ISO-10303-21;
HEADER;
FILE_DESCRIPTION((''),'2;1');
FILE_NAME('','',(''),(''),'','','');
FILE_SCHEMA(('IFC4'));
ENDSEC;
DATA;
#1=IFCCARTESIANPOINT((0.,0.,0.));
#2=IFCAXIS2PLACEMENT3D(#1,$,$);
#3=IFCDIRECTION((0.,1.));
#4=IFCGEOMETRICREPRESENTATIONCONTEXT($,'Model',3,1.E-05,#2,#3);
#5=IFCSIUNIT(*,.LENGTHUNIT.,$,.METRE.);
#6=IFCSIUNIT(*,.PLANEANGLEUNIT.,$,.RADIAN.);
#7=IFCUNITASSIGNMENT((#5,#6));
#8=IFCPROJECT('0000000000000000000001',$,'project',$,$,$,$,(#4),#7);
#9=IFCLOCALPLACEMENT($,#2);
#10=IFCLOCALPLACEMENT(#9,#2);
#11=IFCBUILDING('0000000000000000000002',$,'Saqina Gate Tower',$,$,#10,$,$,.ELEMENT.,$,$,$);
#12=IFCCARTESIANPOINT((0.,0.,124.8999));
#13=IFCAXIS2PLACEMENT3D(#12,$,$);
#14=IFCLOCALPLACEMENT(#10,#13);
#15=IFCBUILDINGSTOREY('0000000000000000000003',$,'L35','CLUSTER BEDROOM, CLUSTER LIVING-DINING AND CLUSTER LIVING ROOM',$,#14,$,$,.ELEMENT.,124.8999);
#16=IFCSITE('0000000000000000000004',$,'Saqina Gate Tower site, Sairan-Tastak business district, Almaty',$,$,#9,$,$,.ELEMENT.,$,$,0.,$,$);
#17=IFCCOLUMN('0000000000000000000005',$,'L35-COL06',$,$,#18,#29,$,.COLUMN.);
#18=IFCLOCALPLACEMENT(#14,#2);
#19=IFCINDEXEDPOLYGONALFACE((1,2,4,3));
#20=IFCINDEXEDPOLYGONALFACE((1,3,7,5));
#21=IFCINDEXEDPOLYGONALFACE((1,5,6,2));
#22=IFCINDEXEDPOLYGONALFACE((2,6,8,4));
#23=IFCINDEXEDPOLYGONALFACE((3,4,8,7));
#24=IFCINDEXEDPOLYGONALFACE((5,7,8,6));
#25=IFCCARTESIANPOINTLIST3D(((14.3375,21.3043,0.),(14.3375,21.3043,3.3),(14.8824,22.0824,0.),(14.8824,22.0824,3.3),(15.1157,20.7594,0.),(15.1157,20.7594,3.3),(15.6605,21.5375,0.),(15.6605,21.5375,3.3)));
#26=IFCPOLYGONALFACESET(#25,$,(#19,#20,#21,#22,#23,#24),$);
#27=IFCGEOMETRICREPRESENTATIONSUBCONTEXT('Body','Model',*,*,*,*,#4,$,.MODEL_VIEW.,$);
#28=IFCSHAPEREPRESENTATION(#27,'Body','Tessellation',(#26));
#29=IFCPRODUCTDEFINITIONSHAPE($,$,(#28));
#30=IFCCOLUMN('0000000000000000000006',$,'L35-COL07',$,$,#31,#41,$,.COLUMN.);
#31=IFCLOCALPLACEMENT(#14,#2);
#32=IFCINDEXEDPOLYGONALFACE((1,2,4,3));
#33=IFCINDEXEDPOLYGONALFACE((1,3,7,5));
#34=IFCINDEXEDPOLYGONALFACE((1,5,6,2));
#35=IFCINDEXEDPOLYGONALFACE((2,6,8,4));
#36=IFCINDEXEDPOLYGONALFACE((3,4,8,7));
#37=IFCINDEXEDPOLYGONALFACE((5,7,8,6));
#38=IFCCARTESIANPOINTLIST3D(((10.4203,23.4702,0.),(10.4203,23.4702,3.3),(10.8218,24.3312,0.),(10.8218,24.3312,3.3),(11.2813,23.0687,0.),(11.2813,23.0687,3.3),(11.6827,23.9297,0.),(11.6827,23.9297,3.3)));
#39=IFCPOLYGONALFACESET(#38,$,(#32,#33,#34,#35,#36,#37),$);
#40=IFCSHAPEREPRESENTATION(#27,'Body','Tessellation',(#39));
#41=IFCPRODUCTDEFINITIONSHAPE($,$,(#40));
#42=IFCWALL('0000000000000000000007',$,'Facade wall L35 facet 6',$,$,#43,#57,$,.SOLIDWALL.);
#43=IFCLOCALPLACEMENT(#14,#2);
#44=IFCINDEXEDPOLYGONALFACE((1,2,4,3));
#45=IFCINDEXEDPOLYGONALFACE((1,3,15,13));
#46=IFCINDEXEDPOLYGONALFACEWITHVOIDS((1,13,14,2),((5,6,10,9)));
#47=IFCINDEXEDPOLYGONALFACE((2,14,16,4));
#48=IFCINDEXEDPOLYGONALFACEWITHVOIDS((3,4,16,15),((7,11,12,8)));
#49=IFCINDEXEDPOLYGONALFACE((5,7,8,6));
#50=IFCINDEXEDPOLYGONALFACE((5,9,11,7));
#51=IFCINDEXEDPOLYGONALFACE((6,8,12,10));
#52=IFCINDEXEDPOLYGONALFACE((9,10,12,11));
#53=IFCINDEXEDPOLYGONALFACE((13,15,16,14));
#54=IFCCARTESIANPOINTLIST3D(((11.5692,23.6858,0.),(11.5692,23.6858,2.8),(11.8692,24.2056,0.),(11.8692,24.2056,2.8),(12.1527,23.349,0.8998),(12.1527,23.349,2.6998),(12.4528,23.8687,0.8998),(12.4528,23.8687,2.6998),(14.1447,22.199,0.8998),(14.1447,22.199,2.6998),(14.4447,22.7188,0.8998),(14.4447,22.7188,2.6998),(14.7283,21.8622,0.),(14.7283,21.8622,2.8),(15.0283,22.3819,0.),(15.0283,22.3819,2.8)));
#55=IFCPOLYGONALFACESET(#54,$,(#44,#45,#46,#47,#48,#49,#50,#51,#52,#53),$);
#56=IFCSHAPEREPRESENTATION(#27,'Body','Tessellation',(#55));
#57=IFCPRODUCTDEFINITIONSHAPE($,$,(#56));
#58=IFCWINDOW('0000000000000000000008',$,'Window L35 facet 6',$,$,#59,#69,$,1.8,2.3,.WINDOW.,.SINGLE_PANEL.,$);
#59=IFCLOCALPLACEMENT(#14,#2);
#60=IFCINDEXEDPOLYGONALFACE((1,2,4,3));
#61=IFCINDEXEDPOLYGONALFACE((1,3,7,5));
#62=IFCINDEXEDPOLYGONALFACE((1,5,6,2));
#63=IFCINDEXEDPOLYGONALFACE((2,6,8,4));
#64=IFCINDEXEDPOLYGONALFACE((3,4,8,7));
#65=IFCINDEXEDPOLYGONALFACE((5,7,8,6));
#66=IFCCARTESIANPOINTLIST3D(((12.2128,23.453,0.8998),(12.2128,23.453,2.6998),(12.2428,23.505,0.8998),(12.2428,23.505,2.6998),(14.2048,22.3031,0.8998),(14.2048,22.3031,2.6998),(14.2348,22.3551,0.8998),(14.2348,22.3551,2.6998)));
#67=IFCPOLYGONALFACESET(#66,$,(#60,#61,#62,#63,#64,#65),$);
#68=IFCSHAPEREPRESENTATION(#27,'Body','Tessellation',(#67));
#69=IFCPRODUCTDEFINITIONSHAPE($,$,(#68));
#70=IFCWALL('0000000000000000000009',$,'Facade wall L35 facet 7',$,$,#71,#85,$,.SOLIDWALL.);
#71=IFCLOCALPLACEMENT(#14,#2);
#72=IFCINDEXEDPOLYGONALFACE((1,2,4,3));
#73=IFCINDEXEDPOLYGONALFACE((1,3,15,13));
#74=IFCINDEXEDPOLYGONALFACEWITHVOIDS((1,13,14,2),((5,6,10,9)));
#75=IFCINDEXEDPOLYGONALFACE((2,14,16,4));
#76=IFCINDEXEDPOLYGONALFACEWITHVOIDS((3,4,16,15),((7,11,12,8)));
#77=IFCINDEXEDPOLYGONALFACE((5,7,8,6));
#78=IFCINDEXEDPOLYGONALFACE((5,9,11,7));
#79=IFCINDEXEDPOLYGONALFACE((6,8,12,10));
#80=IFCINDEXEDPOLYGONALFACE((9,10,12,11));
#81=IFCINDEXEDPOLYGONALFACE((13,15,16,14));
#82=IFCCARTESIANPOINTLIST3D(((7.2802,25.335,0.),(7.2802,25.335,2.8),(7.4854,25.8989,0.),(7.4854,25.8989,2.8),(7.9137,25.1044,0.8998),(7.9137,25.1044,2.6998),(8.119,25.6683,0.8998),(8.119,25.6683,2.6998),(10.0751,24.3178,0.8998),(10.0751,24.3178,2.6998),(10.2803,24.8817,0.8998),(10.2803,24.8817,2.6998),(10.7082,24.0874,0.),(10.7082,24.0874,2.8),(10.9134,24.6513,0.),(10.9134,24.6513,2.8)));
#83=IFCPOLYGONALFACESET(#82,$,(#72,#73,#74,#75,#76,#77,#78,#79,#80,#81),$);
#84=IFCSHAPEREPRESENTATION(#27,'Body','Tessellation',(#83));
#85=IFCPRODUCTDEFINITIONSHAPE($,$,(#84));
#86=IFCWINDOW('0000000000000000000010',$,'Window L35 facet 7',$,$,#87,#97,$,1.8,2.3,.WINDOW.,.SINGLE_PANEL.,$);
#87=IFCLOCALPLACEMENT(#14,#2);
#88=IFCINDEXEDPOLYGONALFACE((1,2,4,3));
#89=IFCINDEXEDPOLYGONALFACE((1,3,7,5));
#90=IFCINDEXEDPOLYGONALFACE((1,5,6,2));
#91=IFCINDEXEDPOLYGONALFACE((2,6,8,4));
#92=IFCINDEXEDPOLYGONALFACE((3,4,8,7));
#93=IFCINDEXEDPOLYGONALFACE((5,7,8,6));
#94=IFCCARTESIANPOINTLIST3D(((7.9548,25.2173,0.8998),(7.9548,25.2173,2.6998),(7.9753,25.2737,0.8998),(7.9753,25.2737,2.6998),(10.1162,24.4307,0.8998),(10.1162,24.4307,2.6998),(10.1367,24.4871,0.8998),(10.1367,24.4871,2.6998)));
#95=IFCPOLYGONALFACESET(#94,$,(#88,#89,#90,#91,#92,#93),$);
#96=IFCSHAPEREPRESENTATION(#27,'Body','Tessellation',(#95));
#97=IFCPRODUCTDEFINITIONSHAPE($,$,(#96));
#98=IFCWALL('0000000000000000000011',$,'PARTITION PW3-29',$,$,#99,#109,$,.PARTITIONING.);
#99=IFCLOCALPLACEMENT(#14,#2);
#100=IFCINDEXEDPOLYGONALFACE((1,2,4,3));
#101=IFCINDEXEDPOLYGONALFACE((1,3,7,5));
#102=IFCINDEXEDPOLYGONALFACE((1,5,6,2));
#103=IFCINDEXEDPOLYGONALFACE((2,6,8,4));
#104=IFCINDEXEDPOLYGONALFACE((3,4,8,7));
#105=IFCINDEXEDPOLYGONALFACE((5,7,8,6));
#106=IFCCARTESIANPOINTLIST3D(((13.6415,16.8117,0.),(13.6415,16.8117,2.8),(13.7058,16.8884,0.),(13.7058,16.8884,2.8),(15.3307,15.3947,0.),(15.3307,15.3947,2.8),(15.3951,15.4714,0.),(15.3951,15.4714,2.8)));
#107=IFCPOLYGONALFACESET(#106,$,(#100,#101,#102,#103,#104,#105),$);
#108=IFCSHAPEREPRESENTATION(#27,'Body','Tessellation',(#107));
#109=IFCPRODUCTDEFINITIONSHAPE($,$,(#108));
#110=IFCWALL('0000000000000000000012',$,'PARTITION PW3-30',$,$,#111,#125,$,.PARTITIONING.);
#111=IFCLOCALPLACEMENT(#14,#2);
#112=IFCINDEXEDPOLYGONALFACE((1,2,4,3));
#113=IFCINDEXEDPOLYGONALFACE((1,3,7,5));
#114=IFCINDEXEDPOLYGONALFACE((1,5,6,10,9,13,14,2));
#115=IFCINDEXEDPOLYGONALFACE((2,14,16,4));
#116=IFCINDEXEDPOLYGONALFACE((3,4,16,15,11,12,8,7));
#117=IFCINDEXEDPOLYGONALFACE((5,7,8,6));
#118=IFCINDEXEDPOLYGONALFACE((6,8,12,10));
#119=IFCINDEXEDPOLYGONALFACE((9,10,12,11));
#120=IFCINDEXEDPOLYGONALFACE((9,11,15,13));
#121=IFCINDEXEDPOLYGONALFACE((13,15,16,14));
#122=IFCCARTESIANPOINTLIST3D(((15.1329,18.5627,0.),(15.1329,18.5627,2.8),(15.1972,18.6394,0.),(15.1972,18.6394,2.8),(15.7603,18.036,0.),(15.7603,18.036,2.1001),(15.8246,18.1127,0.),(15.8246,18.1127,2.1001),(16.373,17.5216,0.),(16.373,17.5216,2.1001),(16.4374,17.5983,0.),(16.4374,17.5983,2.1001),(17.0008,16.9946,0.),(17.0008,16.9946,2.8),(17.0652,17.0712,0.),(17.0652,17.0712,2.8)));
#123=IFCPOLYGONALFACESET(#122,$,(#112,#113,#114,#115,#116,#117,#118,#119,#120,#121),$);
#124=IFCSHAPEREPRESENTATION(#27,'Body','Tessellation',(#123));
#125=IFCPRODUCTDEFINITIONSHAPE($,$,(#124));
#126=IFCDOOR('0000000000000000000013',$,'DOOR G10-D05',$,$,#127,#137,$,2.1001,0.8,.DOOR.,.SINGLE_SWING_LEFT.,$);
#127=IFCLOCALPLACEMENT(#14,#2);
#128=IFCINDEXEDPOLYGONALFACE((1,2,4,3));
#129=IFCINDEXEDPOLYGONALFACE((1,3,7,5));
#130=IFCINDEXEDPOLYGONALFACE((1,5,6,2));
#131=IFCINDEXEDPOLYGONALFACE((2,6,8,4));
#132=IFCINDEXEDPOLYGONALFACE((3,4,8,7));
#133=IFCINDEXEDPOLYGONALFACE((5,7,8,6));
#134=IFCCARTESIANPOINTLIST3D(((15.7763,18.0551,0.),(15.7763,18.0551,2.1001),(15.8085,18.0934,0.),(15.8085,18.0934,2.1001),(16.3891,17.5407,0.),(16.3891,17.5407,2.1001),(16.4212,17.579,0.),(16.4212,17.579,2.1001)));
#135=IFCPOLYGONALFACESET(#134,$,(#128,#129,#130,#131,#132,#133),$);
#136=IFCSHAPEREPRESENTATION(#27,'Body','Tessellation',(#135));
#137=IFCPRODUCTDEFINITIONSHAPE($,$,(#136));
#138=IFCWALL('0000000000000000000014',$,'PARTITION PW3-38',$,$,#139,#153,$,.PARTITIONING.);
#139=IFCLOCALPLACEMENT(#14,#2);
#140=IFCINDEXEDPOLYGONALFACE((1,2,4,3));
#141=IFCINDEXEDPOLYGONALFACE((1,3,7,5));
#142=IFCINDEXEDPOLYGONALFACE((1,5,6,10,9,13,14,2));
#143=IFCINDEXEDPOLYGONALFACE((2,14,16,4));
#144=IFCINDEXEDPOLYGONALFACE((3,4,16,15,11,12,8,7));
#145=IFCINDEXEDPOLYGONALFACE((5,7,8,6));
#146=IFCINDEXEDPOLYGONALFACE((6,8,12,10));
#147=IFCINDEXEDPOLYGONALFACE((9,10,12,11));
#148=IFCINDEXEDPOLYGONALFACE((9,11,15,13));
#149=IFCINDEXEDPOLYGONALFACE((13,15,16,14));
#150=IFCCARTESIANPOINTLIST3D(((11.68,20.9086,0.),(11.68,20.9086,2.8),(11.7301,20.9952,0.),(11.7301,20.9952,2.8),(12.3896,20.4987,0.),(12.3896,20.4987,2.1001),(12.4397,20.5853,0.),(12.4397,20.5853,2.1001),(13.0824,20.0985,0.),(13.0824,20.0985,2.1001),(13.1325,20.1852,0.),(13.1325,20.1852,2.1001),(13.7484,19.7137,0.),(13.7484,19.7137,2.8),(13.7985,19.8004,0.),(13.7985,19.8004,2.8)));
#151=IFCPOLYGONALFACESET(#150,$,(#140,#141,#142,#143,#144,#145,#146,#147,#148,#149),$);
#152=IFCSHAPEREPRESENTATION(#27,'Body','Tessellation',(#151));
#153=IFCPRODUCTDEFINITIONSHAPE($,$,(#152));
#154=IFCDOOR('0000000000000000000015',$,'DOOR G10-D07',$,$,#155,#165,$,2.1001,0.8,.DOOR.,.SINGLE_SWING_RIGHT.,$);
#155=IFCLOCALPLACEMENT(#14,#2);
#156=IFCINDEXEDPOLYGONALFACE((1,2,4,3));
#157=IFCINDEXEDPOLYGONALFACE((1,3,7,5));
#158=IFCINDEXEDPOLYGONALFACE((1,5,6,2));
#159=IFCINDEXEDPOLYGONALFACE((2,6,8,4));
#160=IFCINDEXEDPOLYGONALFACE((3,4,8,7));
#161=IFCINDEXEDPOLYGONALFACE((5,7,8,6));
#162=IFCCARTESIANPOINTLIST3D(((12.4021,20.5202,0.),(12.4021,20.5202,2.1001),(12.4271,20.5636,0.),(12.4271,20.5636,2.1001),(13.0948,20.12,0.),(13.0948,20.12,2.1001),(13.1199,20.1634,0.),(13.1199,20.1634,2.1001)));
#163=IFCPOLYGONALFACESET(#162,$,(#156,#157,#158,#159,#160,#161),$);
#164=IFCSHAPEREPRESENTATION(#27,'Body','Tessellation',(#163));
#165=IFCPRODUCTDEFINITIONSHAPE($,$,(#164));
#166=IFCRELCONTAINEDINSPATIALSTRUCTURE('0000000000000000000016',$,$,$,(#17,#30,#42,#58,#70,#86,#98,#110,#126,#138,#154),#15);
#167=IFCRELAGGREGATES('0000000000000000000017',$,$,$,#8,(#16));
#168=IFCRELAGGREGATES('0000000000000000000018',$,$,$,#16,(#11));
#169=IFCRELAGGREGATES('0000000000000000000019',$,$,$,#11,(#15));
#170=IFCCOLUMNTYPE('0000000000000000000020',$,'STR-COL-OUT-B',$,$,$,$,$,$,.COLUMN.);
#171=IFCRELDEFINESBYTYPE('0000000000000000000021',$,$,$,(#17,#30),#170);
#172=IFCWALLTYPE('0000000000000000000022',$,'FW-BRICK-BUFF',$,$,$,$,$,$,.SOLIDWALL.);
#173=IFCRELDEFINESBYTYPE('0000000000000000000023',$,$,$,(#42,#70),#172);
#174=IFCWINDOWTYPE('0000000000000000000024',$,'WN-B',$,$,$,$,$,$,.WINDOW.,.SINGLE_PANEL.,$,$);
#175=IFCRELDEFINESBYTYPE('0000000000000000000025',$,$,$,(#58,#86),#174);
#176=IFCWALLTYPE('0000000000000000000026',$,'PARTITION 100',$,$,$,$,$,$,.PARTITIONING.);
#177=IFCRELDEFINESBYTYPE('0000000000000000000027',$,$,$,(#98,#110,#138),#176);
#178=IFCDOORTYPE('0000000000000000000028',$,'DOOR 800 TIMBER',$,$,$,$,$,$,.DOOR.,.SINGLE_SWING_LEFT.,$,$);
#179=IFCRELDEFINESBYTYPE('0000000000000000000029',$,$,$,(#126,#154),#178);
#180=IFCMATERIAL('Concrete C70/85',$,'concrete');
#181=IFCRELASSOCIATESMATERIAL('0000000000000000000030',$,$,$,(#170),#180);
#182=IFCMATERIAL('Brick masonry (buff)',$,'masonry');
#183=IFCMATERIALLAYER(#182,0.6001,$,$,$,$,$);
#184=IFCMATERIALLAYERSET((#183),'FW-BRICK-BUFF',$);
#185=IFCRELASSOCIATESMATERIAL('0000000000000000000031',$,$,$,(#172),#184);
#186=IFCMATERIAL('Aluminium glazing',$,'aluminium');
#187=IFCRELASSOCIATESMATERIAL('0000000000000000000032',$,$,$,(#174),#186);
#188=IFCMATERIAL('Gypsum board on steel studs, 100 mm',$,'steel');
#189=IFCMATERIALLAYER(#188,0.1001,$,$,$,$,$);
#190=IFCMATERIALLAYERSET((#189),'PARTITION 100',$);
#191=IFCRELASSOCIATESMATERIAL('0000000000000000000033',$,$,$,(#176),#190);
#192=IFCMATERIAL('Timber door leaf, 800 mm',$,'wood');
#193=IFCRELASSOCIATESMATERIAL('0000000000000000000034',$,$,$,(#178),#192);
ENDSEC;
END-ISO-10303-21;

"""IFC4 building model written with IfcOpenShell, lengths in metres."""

from ifc_helpers import new_model, si_unit, direction, frame, frame_2d, origin, origin_2d, place, context, subcontext, project, spatial, rectangle, extrude, material, layer, layer_set, material_profile, profile_set, type_object, element, fill, save


model = new_model("IFC4")

# Units and contexts
model_context = context("Model", 3, precision=1e-05, world=origin(), true_north=direction((0.0, 1.0)))
body_context = subcontext(model_context, "Body", "Model", "MODEL_VIEW")
ifc_project = project(units=[si_unit("LENGTHUNIT", "METRE"), si_unit("PLANEANGLEUNIT", "RADIAN")], contexts=[model_context])

# Site, building, storey
site_placement = place(None, origin())
site = spatial("IfcSite", under=ifc_project, at=site_placement, Name="Saqina Gate Tower site, Sairan-Tastak business district, Almaty", CompositionType="ELEMENT", RefElevation=0.0)
building_placement = place(site_placement, origin())
building = spatial("IfcBuilding", under=site, at=building_placement, Name="Saqina Gate Tower", CompositionType="ELEMENT")
storey_placement = place(building_placement, frame((0.0, 0.0, 124.8999)))
storey = spatial("IfcBuildingStorey", under=building, at=storey_placement, Name="L35", Description="CLUSTER BEDROOM, CLUSTER LIVING-DINING AND CLUSTER LIVING ROOM", CompositionType="ELEMENT", Elevation=124.8999)

# Columns
ifc_material_1 = material(Name="Concrete C70/85", Category="concrete")
ifc_material_profile = material_profile(ifc_material_1, rectangle(XDim=0.95, YDim=0.95, at=origin_2d()), Name="RC 950x950")
ifc_profile_set = profile_set([ifc_material_profile], Name="Concrete C70/85")
column_type = type_object("IfcColumnType", Name="STR-COL-OUT-B", PredefinedType="COLUMN", material=ifc_profile_set)
for number, where, z_axis, x_axis, name in (
    (1, (14.999, 21.4209, 0.0), (0.0, 0.0, 1.0), (0.573576, 0.819152, 0.0), "L35-COL06"),
    (2, (11.0515, 23.7, 0.0), (0.0, 0.0, 1.0), (0.422618, 0.906308, 0.0), "L35-COL07"),
):
    element("IfcColumn", number, at=place(storey_placement, frame(where, z_axis=z_axis, x_axis=x_axis)), inside=storey, type_object=column_type, Name=name, PredefinedType="COLUMN", context=body_context, shape_type="SweptSolid", body=[
        extrude(rectangle(XDim=0.95, YDim=0.95, at=origin_2d()), origin(), (0.0, 0.0, 1.0), 3.3),
    ])

# Walls, openings, windows
ifc_material_2 = material(Name="Brick masonry (buff)", Category="masonry")
ifc_layer_1 = layer(ifc_material_2, 0.6001)
ifc_layer_set_1 = layer_set([ifc_layer_1], Name="FW-BRICK-BUFF")
wall_type_1 = type_object("IfcWallType", Name="FW-BRICK-BUFF", PredefinedType="SOLIDWALL", material=ifc_layer_set_1)
wall_1_placement = place(storey_placement, frame((14.8782, 22.1221, 0.0), z_axis=(0.0, 0.0, 1.0), x_axis=(-0.866052, 0.499954, 0.0)))
wall_1 = element("IfcWall", 3, at=wall_1_placement, inside=storey, type_object=wall_type_1, Name="Facade wall L35 facet 6", PredefinedType="SOLIDWALL", context=body_context, shape_type="SweptSolid", body=[
    extrude(rectangle(XDim=3.6477, YDim=0.6001, at=frame_2d((1.8237, 0.0))), origin(), (0.0, 0.0, 1.0), 2.8),
])
opening_1_placement = place(wall_1_placement, frame((0.6738, 0.0, 0.8999)))
opening_1 = element("IfcOpeningElement", 4, at=opening_1_placement, cuts=wall_1, PredefinedType="OPENING", context=body_context, shape_type="SweptSolid", body=[
    extrude(rectangle(XDim=2.3, YDim=1.8, at=frame_2d((1.1499, 0.8999))), frame((0.0, 0.312, 0.0), z_axis=(0.0, -1.0, 0.0), x_axis=(1.0, 0.0, 0.0)), (0.0, 0.0, 1.0), 0.624),
])
ifc_material_3 = material(Name="Aluminium glazing", Category="aluminium")
window_type = type_object("IfcWindowType", Name="WN-B", PartitioningType="SINGLE_PANEL", PredefinedType="WINDOW", material=ifc_material_3)
window_1_placement = place(opening_1_placement, origin())
window_1 = element("IfcWindow", 5, at=window_1_placement, inside=storey, type_object=window_type, Name="Window L35 facet 6", OverallHeight=1.8, OverallWidth=2.3, PartitioningType="SINGLE_PANEL", PredefinedType="WINDOW", context=body_context, shape_type="SweptSolid", body=[
    extrude(rectangle(XDim=2.3, YDim=1.8, at=frame_2d((1.1499, 0.8999))), frame((0.0, 0.1799, 0.0), z_axis=(0.0, -1.0, 0.0), x_axis=(1.0, 0.0, 0.0)), (0.0, 0.0, 1.0), 0.0601),
])
fill(opening_1, window_1)
wall_2_placement = place(storey_placement, frame((10.8108, 24.3694, 0.0), z_axis=(0.0, 0.0, 1.0), x_axis=(-0.939704, 0.34199, 0.0)))
wall_2 = element("IfcWall", 6, at=wall_2_placement, inside=storey, type_object=wall_type_1, Name="Facade wall L35 facet 7", PredefinedType="SOLIDWALL", context=body_context, shape_type="SweptSolid", body=[
    extrude(rectangle(XDim=3.6479, YDim=0.6001, at=frame_2d((1.824, 0.0))), origin(), (0.0, 0.0, 1.0), 2.8),
])
opening_2_placement = place(wall_2_placement, frame((0.6738, 0.0, 0.8999)))
opening_2 = element("IfcOpeningElement", 7, at=opening_2_placement, cuts=wall_2, PredefinedType="OPENING", context=body_context, shape_type="SweptSolid", body=[
    extrude(rectangle(XDim=2.3, YDim=1.8, at=frame_2d((1.1499, 0.8999))), frame((0.0, 0.312, 0.0), z_axis=(0.0, -1.0, 0.0), x_axis=(1.0, 0.0, 0.0)), (0.0, 0.0, 1.0), 0.624),
])
window_2_placement = place(opening_2_placement, origin())
window_2 = element("IfcWindow", 8, at=window_2_placement, inside=storey, type_object=window_type, Name="Window L35 facet 7", OverallHeight=1.8, OverallWidth=2.3, PartitioningType="SINGLE_PANEL", PredefinedType="WINDOW", context=body_context, shape_type="SweptSolid", body=[
    extrude(rectangle(XDim=2.3, YDim=1.8, at=frame_2d((1.1499, 0.8999))), frame((0.0, 0.1799, 0.0), z_axis=(0.0, -1.0, 0.0), x_axis=(1.0, 0.0, 0.0)), (0.0, 0.0, 1.0), 0.0601),
])
fill(opening_2, window_2)

# Wall
ifc_material_4 = material(Name="Gypsum board on steel studs, 100 mm", Category="steel")
ifc_layer_2 = layer(ifc_material_4, 0.1001)
ifc_layer_set_2 = layer_set([ifc_layer_2], Name="PARTITION 100")
wall_type_2 = type_object("IfcWallType", Name="PARTITION 100", PredefinedType="PARTITIONING", material=ifc_layer_set_2)
wall_3_placement = place(storey_placement, frame((13.6736, 16.8501, 0.0), z_axis=(0.0, 0.0, 1.0), x_axis=(0.766139, -0.642675, 0.0)))
element("IfcWall", 9, at=wall_3_placement, inside=storey, type_object=wall_type_2, Name="PARTITION PW3-29", PredefinedType="PARTITIONING", context=body_context, shape_type="SweptSolid", body=[
    extrude(rectangle(XDim=2.2048, YDim=0.1001, at=frame_2d((1.1025, 0.0))), origin(), (0.0, 0.0, 1.0), 2.8),
])

# Walls, openings, doors
wall_4_placement = place(storey_placement, frame((15.165, 18.6011, 0.0), z_axis=(0.0, 0.0, 1.0), x_axis=(0.765894, -0.642967, 0.0)))
wall_4 = element("IfcWall", 10, at=wall_4_placement, inside=storey, type_object=wall_type_2, Name="PARTITION PW3-30", PredefinedType="PARTITIONING", context=body_context, shape_type="SweptSolid", body=[
    extrude(rectangle(XDim=2.439, YDim=0.1001, at=frame_2d((1.2195, 0.0))), origin(), (0.0, 0.0, 1.0), 2.8),
])
opening_3_placement = place(wall_4_placement, frame((0.8193, 0.0, 0.0)))
opening_3 = element("IfcOpeningElement", 11, at=opening_3_placement, cuts=wall_4, PredefinedType="OPENING", context=body_context, shape_type="SweptSolid", body=[
    extrude(rectangle(XDim=0.8, YDim=2.1001, at=frame_2d((0.3999, 1.05))), frame((0.0, 0.062, 0.0), z_axis=(0.0, -1.0, 0.0), x_axis=(1.0, 0.0, 0.0)), (0.0, 0.0, 1.0), 0.124),
])
ifc_material_5 = material(Name="Timber door leaf, 800 mm", Category="wood")
door_type_1 = type_object("IfcDoorType", Name="DOOR 800 TIMBER", OperationType="SINGLE_SWING_LEFT", PredefinedType="DOOR", material=ifc_material_5)
door_1_placement = place(opening_3_placement, origin())
door_1 = element("IfcDoor", 12, at=door_1_placement, inside=storey, type_object=door_type_1, Name="DOOR G10-D05", OperationType="SINGLE_SWING_LEFT", OverallHeight=2.1001, OverallWidth=0.8, PredefinedType="DOOR", context=body_context, shape_type="SweptSolid", body=[
    extrude(rectangle(XDim=0.8, YDim=2.1001, at=frame_2d((0.3999, 1.05))), frame((0.0, 0.0249, 0.0), z_axis=(0.0, -1.0, 0.0), x_axis=(1.0, 0.0, 0.0)), (0.0, 0.0, 1.0), 0.05),
])
fill(opening_3, door_1)
wall_5_placement = place(storey_placement, frame((11.7051, 20.9519, 0.0), z_axis=(0.0, 0.0, 1.0), x_axis=(0.865906, -0.500206, 0.0)))
wall_5 = element("IfcWall", 13, at=wall_5_placement, inside=storey, type_object=wall_type_2, Name="PARTITION PW3-38", PredefinedType="PARTITIONING", context=body_context, shape_type="SweptSolid", body=[
    extrude(rectangle(XDim=2.3887, YDim=0.1001, at=frame_2d((1.1943, 0.0))), origin(), (0.0, 0.0, 1.0), 2.8),
])
opening_4_placement = place(wall_5_placement, frame((0.8196, 0.0, 0.0)))
opening_4 = element("IfcOpeningElement", 14, at=opening_4_placement, cuts=wall_5, PredefinedType="OPENING", context=body_context, shape_type="SweptSolid", body=[
    extrude(rectangle(XDim=0.8, YDim=2.1001, at=frame_2d((0.3999, 1.05))), frame((0.0, 0.062, 0.0), z_axis=(0.0, -1.0, 0.0), x_axis=(1.0, 0.0, 0.0)), (0.0, 0.0, 1.0), 0.124),
])
door_2_placement = place(opening_4_placement, origin())
door_2 = element("IfcDoor", 15, at=door_2_placement, inside=storey, type_object=door_type_1, Name="DOOR G10-D07", OperationType="SINGLE_SWING_RIGHT", OverallHeight=2.1001, OverallWidth=0.8, PredefinedType="DOOR", context=body_context, shape_type="SweptSolid", body=[
    extrude(rectangle(XDim=0.8, YDim=2.1001, at=frame_2d((0.3999, 1.05))), frame((0.0, 0.0249, 0.0), z_axis=(0.0, -1.0, 0.0), x_axis=(1.0, 0.0, 0.0)), (0.0, 0.0, 1.0), 0.05),
])
fill(opening_4, door_2)

save(model, "model.ifc")
